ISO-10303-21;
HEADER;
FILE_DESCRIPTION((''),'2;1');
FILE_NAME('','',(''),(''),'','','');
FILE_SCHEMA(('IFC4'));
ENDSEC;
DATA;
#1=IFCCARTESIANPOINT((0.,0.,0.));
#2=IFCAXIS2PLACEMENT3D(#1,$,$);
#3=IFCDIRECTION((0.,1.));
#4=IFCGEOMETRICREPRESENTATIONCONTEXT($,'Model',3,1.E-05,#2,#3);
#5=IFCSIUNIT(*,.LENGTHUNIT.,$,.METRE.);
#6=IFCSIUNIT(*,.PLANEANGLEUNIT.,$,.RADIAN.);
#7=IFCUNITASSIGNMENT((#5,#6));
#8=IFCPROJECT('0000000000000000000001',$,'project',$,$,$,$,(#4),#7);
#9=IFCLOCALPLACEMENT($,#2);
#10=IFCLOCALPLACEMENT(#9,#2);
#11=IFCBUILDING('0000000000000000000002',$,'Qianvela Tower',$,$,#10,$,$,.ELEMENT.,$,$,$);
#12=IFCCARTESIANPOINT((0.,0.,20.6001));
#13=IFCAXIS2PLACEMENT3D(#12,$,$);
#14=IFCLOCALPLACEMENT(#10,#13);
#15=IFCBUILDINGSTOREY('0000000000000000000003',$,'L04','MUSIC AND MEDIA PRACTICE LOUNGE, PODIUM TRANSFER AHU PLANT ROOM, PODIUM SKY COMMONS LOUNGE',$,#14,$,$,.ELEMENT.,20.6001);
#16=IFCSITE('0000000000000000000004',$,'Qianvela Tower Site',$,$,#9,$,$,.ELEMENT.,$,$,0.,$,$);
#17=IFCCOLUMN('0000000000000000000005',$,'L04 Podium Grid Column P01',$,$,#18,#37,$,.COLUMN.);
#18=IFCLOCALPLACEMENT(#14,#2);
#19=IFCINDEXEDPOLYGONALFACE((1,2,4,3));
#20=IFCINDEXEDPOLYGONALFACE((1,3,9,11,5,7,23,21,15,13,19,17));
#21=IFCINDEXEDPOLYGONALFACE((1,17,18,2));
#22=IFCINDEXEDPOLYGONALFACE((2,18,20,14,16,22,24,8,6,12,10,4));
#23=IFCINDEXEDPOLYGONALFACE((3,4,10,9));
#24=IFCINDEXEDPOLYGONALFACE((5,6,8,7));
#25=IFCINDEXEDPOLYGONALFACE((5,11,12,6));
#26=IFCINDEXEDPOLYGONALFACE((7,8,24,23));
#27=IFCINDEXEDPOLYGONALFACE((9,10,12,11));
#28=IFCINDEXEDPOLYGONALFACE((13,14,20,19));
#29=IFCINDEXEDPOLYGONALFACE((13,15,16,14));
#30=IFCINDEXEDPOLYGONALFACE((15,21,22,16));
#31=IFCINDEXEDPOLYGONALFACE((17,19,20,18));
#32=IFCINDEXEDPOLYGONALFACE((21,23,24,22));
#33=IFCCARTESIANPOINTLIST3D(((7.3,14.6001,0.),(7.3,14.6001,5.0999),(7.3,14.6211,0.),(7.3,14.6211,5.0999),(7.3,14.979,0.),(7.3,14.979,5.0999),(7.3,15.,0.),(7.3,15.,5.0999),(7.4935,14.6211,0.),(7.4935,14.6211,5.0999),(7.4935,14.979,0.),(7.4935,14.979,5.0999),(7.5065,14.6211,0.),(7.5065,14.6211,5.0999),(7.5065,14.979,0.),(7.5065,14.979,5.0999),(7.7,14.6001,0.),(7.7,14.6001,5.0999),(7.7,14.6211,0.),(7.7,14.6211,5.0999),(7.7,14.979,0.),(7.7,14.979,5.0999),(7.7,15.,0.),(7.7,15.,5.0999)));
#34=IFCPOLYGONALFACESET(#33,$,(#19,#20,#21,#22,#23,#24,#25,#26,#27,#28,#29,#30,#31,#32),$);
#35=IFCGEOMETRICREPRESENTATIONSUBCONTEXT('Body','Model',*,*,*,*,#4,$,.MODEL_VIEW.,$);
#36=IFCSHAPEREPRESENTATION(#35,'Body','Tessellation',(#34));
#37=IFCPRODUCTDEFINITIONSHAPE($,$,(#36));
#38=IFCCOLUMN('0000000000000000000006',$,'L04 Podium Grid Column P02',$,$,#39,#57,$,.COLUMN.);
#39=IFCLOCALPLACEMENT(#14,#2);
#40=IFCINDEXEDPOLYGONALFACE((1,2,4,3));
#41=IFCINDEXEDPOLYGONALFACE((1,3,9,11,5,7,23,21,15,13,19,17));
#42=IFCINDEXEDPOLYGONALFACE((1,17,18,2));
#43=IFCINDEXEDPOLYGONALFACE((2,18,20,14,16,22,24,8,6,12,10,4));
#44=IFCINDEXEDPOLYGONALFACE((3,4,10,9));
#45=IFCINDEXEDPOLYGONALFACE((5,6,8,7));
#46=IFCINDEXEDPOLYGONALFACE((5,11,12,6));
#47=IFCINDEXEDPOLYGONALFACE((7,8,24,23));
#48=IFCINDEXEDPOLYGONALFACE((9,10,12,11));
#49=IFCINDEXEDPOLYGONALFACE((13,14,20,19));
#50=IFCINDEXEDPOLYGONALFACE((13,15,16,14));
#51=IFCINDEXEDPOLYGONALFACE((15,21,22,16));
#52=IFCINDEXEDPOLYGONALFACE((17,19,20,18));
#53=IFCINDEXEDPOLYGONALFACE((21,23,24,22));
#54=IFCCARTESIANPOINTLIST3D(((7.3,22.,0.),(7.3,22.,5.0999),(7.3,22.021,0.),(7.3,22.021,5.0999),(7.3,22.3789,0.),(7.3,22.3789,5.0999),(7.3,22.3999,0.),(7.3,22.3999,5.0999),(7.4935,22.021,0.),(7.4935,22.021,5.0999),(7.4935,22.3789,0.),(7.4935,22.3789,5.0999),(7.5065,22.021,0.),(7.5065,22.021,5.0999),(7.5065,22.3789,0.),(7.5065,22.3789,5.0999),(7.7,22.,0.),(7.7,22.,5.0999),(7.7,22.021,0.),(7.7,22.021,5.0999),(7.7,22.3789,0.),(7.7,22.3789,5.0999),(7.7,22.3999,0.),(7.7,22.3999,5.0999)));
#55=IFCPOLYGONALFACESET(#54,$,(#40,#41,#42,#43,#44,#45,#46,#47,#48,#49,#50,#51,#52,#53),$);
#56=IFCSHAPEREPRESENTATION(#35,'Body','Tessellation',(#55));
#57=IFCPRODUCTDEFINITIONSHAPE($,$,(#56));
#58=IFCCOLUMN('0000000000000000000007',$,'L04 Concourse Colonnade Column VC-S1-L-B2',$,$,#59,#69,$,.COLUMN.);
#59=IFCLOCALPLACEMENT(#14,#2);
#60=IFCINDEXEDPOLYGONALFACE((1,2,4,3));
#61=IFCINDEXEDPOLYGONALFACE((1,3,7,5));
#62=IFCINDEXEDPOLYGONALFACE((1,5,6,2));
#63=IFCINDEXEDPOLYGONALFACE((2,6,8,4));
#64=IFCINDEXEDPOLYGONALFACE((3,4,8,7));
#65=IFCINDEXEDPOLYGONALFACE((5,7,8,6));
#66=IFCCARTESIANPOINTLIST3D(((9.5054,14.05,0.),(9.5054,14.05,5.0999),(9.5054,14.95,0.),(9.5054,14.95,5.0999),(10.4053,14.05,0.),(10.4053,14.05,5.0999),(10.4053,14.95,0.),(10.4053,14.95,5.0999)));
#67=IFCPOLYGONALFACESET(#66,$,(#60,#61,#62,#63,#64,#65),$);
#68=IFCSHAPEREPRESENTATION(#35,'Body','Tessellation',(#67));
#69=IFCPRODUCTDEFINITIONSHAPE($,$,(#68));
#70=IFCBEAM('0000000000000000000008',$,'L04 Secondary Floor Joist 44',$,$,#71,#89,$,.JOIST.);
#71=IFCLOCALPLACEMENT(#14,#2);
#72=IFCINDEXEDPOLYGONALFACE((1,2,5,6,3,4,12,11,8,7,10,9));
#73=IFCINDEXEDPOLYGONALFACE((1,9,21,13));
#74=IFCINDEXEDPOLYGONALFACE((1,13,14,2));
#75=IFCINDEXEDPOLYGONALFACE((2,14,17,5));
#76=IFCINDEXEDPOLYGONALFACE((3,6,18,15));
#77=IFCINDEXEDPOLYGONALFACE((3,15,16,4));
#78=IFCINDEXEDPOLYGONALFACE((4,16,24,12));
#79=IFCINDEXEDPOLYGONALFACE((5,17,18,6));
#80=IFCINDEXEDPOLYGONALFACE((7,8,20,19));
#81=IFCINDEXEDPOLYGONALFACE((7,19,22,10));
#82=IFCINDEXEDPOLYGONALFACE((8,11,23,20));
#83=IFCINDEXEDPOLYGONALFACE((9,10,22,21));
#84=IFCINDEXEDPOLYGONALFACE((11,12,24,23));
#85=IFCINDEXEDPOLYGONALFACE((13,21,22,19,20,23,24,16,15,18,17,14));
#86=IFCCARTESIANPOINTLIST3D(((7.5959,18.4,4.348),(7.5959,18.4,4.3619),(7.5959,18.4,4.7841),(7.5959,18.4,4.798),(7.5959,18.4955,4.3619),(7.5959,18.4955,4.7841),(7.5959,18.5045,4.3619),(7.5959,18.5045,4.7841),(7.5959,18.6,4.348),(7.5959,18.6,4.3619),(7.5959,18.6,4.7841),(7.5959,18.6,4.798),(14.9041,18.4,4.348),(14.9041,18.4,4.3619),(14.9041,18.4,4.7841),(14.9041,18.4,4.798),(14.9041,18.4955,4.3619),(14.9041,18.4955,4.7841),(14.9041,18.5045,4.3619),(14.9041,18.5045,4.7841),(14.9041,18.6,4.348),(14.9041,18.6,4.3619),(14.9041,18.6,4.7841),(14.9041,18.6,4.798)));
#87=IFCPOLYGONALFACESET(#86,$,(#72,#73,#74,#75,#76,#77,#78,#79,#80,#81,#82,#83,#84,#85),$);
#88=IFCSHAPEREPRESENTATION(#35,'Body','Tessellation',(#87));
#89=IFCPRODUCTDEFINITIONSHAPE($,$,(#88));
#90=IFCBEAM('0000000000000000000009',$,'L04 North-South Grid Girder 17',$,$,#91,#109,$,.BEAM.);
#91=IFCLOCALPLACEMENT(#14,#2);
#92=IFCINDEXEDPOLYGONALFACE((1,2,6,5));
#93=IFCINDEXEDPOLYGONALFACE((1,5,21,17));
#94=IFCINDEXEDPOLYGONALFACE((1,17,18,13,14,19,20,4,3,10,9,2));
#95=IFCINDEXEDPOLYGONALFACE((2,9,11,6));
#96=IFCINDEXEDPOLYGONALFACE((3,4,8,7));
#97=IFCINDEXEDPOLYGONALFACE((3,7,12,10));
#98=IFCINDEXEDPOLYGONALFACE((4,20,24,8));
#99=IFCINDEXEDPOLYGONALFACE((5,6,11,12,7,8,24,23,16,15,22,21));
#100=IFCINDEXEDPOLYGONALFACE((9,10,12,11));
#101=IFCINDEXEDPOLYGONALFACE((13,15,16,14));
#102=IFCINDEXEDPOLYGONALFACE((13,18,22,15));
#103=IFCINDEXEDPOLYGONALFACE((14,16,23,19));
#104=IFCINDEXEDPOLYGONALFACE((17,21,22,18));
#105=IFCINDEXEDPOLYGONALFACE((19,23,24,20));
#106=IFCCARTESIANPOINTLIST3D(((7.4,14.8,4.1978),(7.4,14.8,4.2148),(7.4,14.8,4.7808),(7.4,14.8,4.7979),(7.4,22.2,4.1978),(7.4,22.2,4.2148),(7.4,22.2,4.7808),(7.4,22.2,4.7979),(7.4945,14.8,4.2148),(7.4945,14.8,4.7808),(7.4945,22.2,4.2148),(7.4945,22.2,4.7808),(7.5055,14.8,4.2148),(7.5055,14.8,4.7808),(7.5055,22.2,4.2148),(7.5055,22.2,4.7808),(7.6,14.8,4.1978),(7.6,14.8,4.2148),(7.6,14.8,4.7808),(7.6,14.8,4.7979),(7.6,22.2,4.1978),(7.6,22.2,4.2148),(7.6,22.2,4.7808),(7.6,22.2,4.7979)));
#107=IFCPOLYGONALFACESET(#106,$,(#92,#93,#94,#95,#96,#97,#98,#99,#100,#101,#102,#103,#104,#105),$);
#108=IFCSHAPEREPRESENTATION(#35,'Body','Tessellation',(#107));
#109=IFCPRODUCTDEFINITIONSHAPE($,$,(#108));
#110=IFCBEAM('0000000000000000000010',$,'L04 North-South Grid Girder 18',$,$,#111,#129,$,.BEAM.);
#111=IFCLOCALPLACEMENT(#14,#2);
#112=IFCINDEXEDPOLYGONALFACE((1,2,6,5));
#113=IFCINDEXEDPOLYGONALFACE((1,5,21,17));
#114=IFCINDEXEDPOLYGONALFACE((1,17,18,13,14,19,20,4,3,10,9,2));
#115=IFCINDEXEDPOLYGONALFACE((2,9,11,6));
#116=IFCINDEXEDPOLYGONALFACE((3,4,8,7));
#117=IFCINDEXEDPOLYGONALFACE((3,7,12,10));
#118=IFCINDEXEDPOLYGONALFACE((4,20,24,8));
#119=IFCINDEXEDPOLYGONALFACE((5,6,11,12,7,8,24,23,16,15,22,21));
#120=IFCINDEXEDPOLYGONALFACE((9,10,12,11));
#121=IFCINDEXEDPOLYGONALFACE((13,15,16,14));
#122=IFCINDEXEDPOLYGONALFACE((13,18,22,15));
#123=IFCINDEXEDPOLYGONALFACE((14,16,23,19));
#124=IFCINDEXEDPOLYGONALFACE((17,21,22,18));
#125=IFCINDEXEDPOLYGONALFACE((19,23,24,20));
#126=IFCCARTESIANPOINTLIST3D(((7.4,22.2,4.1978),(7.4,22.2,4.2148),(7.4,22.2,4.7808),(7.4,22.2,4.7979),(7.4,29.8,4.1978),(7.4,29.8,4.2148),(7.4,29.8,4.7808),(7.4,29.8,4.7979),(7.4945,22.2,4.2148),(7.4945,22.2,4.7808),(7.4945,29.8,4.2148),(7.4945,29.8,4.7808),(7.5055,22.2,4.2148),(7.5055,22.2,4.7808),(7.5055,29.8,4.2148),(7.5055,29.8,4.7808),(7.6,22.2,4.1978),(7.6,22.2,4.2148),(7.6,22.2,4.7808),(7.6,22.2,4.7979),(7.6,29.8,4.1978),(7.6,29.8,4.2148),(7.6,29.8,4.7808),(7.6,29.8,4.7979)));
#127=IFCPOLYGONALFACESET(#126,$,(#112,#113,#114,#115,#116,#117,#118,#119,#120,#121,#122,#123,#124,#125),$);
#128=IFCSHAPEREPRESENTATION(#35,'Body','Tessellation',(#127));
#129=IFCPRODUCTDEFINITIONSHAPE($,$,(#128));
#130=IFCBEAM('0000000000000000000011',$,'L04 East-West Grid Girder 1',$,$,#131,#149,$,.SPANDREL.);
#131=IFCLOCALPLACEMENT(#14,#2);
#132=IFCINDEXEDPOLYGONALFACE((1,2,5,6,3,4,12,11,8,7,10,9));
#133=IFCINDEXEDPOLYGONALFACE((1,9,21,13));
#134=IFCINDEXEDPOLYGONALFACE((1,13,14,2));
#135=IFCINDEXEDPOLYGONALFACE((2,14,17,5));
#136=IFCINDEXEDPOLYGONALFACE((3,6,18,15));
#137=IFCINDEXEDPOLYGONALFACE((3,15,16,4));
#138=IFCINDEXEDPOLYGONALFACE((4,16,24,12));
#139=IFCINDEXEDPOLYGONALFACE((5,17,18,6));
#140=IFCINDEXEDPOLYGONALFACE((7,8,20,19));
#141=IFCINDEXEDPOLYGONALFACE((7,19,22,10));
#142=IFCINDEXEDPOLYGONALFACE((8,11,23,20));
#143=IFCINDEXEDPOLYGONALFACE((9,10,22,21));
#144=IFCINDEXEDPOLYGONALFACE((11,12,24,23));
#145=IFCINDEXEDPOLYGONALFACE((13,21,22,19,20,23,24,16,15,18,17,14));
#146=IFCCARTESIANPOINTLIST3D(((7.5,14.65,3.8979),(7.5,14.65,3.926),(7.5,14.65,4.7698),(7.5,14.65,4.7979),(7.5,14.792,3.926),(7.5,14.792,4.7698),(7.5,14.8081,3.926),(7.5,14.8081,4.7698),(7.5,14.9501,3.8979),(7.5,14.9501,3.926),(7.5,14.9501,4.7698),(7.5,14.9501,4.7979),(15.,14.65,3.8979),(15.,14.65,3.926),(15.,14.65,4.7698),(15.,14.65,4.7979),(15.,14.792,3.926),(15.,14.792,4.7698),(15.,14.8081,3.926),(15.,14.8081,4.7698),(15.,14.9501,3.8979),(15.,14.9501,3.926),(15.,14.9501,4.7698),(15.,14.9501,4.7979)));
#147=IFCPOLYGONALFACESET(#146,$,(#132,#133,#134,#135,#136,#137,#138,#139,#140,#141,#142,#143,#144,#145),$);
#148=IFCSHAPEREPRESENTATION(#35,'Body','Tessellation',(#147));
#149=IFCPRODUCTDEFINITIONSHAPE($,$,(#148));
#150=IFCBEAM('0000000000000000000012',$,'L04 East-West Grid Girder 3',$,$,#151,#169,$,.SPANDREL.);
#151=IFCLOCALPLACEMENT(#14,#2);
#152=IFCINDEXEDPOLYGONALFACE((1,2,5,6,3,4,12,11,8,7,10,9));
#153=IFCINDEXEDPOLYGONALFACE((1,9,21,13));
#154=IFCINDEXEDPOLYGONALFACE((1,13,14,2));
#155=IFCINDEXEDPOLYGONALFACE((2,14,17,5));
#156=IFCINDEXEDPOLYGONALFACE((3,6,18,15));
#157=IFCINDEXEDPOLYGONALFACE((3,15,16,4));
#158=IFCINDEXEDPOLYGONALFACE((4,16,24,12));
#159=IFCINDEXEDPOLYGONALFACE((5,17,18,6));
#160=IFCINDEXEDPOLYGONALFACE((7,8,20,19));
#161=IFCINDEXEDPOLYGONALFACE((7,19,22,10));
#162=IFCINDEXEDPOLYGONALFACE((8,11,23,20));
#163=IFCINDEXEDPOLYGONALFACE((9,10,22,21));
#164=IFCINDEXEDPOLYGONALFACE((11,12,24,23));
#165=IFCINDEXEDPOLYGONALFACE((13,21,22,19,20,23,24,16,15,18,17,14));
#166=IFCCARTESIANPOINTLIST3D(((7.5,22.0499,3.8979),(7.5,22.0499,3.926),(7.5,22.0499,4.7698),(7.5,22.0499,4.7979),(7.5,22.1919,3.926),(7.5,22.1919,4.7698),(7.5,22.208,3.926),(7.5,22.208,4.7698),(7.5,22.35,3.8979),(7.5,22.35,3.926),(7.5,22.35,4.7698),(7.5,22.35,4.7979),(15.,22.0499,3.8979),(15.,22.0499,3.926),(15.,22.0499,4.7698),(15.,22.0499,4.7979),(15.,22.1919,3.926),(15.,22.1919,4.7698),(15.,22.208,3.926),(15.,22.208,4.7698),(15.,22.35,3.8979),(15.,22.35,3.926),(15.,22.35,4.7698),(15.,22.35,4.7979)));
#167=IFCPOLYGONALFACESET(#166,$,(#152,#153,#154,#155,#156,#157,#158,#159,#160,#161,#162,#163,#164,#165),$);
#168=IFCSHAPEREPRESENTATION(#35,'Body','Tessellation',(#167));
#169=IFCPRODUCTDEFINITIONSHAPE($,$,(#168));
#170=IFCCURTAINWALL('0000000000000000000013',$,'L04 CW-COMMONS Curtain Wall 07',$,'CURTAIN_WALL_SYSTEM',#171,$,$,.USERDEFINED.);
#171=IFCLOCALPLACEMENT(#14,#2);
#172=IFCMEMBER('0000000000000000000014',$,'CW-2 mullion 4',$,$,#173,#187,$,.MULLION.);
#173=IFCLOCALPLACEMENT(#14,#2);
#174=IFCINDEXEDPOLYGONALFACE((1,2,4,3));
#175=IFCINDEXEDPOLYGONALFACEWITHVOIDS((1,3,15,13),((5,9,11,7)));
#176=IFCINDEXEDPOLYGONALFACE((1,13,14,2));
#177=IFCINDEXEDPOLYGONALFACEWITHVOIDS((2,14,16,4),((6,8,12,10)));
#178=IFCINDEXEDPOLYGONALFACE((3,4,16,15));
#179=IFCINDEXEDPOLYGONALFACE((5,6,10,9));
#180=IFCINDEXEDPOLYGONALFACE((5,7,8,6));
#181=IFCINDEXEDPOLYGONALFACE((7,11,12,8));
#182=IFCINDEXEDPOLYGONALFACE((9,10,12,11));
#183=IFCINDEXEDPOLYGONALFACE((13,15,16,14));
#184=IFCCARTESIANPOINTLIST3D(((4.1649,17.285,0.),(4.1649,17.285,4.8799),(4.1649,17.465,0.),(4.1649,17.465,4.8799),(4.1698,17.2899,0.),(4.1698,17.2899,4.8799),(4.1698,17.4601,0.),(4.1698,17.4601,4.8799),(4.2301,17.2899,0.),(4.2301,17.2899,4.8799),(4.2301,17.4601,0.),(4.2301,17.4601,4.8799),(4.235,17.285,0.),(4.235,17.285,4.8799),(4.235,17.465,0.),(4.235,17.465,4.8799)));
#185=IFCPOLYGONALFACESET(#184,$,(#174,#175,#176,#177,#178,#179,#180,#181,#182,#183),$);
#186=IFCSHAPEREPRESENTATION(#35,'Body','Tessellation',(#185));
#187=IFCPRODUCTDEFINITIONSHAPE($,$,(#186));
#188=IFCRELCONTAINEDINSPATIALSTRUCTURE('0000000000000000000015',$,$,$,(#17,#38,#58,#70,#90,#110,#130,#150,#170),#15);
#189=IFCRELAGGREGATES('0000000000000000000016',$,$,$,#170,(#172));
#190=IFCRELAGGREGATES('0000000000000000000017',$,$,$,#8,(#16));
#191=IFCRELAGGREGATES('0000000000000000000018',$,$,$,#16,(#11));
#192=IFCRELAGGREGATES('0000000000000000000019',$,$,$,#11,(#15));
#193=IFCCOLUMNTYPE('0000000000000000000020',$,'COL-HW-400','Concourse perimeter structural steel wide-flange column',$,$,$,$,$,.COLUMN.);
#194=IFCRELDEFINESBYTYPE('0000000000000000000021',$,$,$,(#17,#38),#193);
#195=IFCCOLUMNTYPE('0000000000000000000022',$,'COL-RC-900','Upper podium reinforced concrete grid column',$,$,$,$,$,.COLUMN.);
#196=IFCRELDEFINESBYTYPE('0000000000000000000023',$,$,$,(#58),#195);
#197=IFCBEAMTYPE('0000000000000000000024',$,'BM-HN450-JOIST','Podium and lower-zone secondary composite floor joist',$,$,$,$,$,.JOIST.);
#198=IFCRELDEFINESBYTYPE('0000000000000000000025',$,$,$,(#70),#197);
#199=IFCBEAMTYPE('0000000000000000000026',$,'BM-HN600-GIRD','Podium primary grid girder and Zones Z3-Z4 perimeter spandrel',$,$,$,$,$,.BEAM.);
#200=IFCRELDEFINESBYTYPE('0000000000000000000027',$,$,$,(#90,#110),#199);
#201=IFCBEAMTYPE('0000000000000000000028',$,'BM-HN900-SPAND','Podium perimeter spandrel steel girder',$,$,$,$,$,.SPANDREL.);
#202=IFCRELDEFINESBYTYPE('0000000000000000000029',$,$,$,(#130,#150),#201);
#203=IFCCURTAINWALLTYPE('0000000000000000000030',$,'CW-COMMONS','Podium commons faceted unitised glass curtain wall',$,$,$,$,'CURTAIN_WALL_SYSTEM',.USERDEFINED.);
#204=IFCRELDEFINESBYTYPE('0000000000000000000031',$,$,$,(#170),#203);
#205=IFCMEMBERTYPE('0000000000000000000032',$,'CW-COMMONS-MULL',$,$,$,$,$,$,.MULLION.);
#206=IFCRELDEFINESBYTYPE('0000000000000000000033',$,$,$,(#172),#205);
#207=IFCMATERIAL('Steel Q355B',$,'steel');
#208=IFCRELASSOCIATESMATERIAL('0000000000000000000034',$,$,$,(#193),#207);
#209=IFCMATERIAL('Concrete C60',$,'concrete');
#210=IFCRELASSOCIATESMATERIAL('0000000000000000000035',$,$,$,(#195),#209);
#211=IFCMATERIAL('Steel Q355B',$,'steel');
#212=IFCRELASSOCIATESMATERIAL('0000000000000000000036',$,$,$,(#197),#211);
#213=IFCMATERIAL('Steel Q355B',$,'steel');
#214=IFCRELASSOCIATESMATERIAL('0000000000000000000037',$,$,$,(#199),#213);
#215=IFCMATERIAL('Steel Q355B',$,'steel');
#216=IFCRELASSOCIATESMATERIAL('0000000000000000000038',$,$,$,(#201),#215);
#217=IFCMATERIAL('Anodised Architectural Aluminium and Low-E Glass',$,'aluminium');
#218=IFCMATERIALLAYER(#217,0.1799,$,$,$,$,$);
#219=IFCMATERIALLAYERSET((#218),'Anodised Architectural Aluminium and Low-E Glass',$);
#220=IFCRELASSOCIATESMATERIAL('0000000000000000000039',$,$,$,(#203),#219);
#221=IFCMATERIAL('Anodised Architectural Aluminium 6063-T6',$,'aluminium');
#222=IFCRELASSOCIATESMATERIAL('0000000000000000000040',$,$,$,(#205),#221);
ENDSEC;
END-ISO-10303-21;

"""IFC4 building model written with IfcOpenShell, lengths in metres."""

from ifc_helpers import new_model, si_unit, direction, frame, origin, origin_2d, place, context, subcontext, project, spatial, rectangle, hollow_rectangle, i_section, extrude, material, layer, layer_set, material_profile, profile_set, type_object, element, aggregate, save


model = new_model("IFC4")

# Units and contexts
model_context = context("Model", 3, precision=1e-05, world=origin(), true_north=direction((0.0, 1.0)))
body_context = subcontext(model_context, "Body", "Model", "MODEL_VIEW")
ifc_project = project(units=[si_unit("LENGTHUNIT", "METRE"), si_unit("PLANEANGLEUNIT", "RADIAN")], contexts=[model_context])

# Site, building, storey
site_placement = place(None, origin())
site = spatial("IfcSite", under=ifc_project, at=site_placement, Name="Qianvela Tower Site", CompositionType="ELEMENT", RefElevation=0.0)
building_placement = place(site_placement, origin())
building = spatial("IfcBuilding", under=site, at=building_placement, Name="Qianvela Tower", CompositionType="ELEMENT")
storey_placement = place(building_placement, frame((0.0, 0.0, 20.6001)))
storey = spatial("IfcBuildingStorey", under=building, at=storey_placement, Name="L04", Description="MUSIC AND MEDIA PRACTICE LOUNGE, PODIUM TRANSFER AHU PLANT ROOM, PODIUM SKY COMMONS LOUNGE", CompositionType="ELEMENT", Elevation=20.6001)

# Columns
ifc_material_1 = material(Name="Steel Q355B", Category="steel")
ifc_material_profile_1 = material_profile(ifc_material_1, i_section(OverallWidth=0.3999, OverallDepth=0.3999, WebThickness=0.0129, FlangeThickness=0.021, at=origin_2d()), Name="HW400x400x13x21")
ifc_profile_set_1 = profile_set([ifc_material_profile_1], Name="Steel Q355B")
column_type_1 = type_object("IfcColumnType", Name="COL-HW-400", Description="Concourse perimeter structural steel wide-flange column", PredefinedType="COLUMN", material=ifc_profile_set_1)
for number, where, z_axis, x_axis, name in (
    (1, (7.5, 14.8, 0.0), (0.0, 0.0, 1.0), (1.0, 0.0, 0.0), "L04 Podium Grid Column P01"),
    (2, (7.5, 22.2, 0.0), (0.0, 0.0, 1.0), (1.0, 0.0, 0.0), "L04 Podium Grid Column P02"),
):
    element("IfcColumn", number, at=place(storey_placement, frame(where, z_axis=z_axis, x_axis=x_axis)), inside=storey, type_object=column_type_1, Name=name, PredefinedType="COLUMN", context=body_context, shape_type="SweptSolid", body=[
        extrude(i_section(OverallWidth=0.3999, OverallDepth=0.3999, WebThickness=0.0129, FlangeThickness=0.021, at=origin_2d()), origin(), (0.0, 0.0, 1.0), 5.0999),
    ])
ifc_material_2 = material(Name="Concrete C60", Category="concrete")
ifc_material_profile_2 = material_profile(ifc_material_2, rectangle(XDim=0.8999, YDim=0.8999, at=origin_2d()), Name="RC-COL-900x900")
ifc_profile_set_2 = profile_set([ifc_material_profile_2], Name="Concrete C60")
column_type_2 = type_object("IfcColumnType", Name="COL-RC-900", Description="Upper podium reinforced concrete grid column", PredefinedType="COLUMN", material=ifc_profile_set_2)
column_placement = place(storey_placement, frame((9.9553, 14.5, 0.0), z_axis=(0.0, 0.0, 1.0), x_axis=(1.0, 0.0, 0.0)))
element("IfcColumn", 3, at=column_placement, inside=storey, type_object=column_type_2, Name="L04 Concourse Colonnade Column VC-S1-L-B2", PredefinedType="COLUMN", context=body_context, shape_type="SweptSolid", body=[
    extrude(rectangle(XDim=0.8999, YDim=0.8999, at=origin_2d()), origin(), (0.0, 0.0, 1.0), 5.0999),
])

# Beams
ifc_material_3 = material(Name="Steel Q355B", Category="steel")
ifc_material_profile_3 = material_profile(ifc_material_3, i_section(OverallWidth=0.2, OverallDepth=0.45, WebThickness=0.009, FlangeThickness=0.0139, at=origin_2d()), Name="HN450x200x9x14")
ifc_profile_set_3 = profile_set([ifc_material_profile_3], Name="Steel Q355B")
beam_type_1 = type_object("IfcBeamType", Name="BM-HN450-JOIST", Description="Podium and lower-zone secondary composite floor joist", PredefinedType="JOIST", material=ifc_profile_set_3)
beam_1_placement = place(storey_placement, frame((7.5959, 18.5, 4.573), z_axis=(1.0, 0.0, 0.0), x_axis=(0.0, 1.0, 0.0)))
element("IfcBeam", 4, at=beam_1_placement, inside=storey, type_object=beam_type_1, Name="L04 Secondary Floor Joist 44", PredefinedType="JOIST", context=body_context, shape_type="SweptSolid", body=[
    extrude(i_section(OverallWidth=0.2, OverallDepth=0.45, WebThickness=0.009, FlangeThickness=0.0139, at=origin_2d()), origin(), (0.0, 0.0, 1.0), 7.3081),
])
ifc_material_4 = material(Name="Steel Q355B", Category="steel")
ifc_material_profile_4 = material_profile(ifc_material_4, i_section(OverallWidth=0.2, OverallDepth=0.6001, WebThickness=0.011, FlangeThickness=0.0171, at=origin_2d()), Name="HN600x200x11x17")
ifc_profile_set_4 = profile_set([ifc_material_profile_4], Name="Steel Q355B")
beam_type_2 = type_object("IfcBeamType", Name="BM-HN600-GIRD", Description="Podium primary grid girder and Zones Z3-Z4 perimeter spandrel", PredefinedType="BEAM", material=ifc_profile_set_4)
beam_2_placement = place(storey_placement, frame((7.5, 14.8, 4.4978), z_axis=(0.0, 1.0, 0.0), x_axis=(-1.0, 0.0, 0.0)))
element("IfcBeam", 5, at=beam_2_placement, inside=storey, type_object=beam_type_2, Name="L04 North-South Grid Girder 17", PredefinedType="BEAM", context=body_context, shape_type="SweptSolid", body=[
    extrude(i_section(OverallWidth=0.2, OverallDepth=0.6001, WebThickness=0.011, FlangeThickness=0.0171, at=origin_2d()), origin(), (0.0, 0.0, 1.0), 7.3999),
])
beam_3_placement = place(storey_placement, frame((7.5, 22.2, 4.4978), z_axis=(0.0, 1.0, 0.0), x_axis=(-1.0, 0.0, 0.0)))
element("IfcBeam", 6, at=beam_3_placement, inside=storey, type_object=beam_type_2, Name="L04 North-South Grid Girder 18", PredefinedType="BEAM", context=body_context, shape_type="SweptSolid", body=[
    extrude(i_section(OverallWidth=0.2, OverallDepth=0.6001, WebThickness=0.011, FlangeThickness=0.0171, at=origin_2d()), origin(), (0.0, 0.0, 1.0), 7.6001),
])
ifc_material_5 = material(Name="Steel Q355B", Category="steel")
ifc_material_profile_5 = material_profile(ifc_material_5, i_section(OverallWidth=0.3, OverallDepth=0.8999, WebThickness=0.0161, FlangeThickness=0.0281, at=origin_2d()), Name="HN900x300x16x28")
ifc_profile_set_5 = profile_set([ifc_material_profile_5], Name="Steel Q355B")
beam_type_3 = type_object("IfcBeamType", Name="BM-HN900-SPAND", Description="Podium perimeter spandrel steel girder", PredefinedType="SPANDREL", material=ifc_profile_set_5)
for number, where, z_axis, x_axis, name in (
    (7, (7.5, 14.8, 4.3479), (1.0, 0.0, 0.0), (0.0, 1.0, 0.0), "L04 East-West Grid Girder 1"),
    (8, (7.5, 22.2, 4.3479), (1.0, 0.0, 0.0), (0.0, 1.0, 0.0), "L04 East-West Grid Girder 3"),
):
    element("IfcBeam", number, at=place(storey_placement, frame(where, z_axis=z_axis, x_axis=x_axis)), inside=storey, type_object=beam_type_3, Name=name, PredefinedType="SPANDREL", context=body_context, shape_type="SweptSolid", body=[
        extrude(i_section(OverallWidth=0.3, OverallDepth=0.8999, WebThickness=0.0161, FlangeThickness=0.0281, at=origin_2d()), origin(), (0.0, 0.0, 1.0), 7.5),
    ])

# Curtain wall, member
ifc_material_6 = material(Name="Anodised Architectural Aluminium and Low-E Glass", Category="aluminium")
ifc_layer_1 = layer(ifc_material_6, 0.1799)
ifc_layer_set_1 = layer_set([ifc_layer_1], Name="Anodised Architectural Aluminium and Low-E Glass")
curtain_wall_type = type_object("IfcCurtainWallType", Name="CW-COMMONS", Description="Podium commons faceted unitised glass curtain wall", ElementType="CURTAIN_WALL_SYSTEM", PredefinedType="USERDEFINED", material=ifc_layer_set_1)
curtain_wall_placement = place(storey_placement, origin())
curtain_wall = element("IfcCurtainWall", 9, at=curtain_wall_placement, inside=storey, type_object=curtain_wall_type, Name="L04 CW-COMMONS Curtain Wall 07", ObjectType="CURTAIN_WALL_SYSTEM", PredefinedType="USERDEFINED")
ifc_material_7 = material(Name="Anodised Architectural Aluminium 6063-T6", Category="aluminium")
ifc_material_profile_6 = material_profile(ifc_material_7, hollow_rectangle(XDim=0.0701, YDim=0.1799, WallThickness=0.0049, at=origin_2d()), Name="ALU-MULL-70x180")
ifc_profile_set_6 = profile_set([ifc_material_profile_6], Name="Anodised Architectural Aluminium 6063-T6")
member_type_1 = type_object("IfcMemberType", Name="CW-COMMONS-MULL", PredefinedType="MULLION", material=ifc_profile_set_6)
member_1_placement = place(storey_placement, frame((4.2, 17.375, 0.0), z_axis=(0.0, 0.0, 1.0), x_axis=(1.0, 0.0, 0.0)))
member_1 = element("IfcMember", 10, at=member_1_placement, type_object=member_type_1, Name="CW-2 mullion 4", PredefinedType="MULLION", context=body_context, shape_type="SweptSolid", body=[
    extrude(hollow_rectangle(XDim=0.0701, YDim=0.1799, WallThickness=0.0049, at=origin_2d()), origin(), (0.0, 0.0, 1.0), 4.8799),
])
aggregate(curtain_wall, [member_1])

save(model, "model.ifc")
